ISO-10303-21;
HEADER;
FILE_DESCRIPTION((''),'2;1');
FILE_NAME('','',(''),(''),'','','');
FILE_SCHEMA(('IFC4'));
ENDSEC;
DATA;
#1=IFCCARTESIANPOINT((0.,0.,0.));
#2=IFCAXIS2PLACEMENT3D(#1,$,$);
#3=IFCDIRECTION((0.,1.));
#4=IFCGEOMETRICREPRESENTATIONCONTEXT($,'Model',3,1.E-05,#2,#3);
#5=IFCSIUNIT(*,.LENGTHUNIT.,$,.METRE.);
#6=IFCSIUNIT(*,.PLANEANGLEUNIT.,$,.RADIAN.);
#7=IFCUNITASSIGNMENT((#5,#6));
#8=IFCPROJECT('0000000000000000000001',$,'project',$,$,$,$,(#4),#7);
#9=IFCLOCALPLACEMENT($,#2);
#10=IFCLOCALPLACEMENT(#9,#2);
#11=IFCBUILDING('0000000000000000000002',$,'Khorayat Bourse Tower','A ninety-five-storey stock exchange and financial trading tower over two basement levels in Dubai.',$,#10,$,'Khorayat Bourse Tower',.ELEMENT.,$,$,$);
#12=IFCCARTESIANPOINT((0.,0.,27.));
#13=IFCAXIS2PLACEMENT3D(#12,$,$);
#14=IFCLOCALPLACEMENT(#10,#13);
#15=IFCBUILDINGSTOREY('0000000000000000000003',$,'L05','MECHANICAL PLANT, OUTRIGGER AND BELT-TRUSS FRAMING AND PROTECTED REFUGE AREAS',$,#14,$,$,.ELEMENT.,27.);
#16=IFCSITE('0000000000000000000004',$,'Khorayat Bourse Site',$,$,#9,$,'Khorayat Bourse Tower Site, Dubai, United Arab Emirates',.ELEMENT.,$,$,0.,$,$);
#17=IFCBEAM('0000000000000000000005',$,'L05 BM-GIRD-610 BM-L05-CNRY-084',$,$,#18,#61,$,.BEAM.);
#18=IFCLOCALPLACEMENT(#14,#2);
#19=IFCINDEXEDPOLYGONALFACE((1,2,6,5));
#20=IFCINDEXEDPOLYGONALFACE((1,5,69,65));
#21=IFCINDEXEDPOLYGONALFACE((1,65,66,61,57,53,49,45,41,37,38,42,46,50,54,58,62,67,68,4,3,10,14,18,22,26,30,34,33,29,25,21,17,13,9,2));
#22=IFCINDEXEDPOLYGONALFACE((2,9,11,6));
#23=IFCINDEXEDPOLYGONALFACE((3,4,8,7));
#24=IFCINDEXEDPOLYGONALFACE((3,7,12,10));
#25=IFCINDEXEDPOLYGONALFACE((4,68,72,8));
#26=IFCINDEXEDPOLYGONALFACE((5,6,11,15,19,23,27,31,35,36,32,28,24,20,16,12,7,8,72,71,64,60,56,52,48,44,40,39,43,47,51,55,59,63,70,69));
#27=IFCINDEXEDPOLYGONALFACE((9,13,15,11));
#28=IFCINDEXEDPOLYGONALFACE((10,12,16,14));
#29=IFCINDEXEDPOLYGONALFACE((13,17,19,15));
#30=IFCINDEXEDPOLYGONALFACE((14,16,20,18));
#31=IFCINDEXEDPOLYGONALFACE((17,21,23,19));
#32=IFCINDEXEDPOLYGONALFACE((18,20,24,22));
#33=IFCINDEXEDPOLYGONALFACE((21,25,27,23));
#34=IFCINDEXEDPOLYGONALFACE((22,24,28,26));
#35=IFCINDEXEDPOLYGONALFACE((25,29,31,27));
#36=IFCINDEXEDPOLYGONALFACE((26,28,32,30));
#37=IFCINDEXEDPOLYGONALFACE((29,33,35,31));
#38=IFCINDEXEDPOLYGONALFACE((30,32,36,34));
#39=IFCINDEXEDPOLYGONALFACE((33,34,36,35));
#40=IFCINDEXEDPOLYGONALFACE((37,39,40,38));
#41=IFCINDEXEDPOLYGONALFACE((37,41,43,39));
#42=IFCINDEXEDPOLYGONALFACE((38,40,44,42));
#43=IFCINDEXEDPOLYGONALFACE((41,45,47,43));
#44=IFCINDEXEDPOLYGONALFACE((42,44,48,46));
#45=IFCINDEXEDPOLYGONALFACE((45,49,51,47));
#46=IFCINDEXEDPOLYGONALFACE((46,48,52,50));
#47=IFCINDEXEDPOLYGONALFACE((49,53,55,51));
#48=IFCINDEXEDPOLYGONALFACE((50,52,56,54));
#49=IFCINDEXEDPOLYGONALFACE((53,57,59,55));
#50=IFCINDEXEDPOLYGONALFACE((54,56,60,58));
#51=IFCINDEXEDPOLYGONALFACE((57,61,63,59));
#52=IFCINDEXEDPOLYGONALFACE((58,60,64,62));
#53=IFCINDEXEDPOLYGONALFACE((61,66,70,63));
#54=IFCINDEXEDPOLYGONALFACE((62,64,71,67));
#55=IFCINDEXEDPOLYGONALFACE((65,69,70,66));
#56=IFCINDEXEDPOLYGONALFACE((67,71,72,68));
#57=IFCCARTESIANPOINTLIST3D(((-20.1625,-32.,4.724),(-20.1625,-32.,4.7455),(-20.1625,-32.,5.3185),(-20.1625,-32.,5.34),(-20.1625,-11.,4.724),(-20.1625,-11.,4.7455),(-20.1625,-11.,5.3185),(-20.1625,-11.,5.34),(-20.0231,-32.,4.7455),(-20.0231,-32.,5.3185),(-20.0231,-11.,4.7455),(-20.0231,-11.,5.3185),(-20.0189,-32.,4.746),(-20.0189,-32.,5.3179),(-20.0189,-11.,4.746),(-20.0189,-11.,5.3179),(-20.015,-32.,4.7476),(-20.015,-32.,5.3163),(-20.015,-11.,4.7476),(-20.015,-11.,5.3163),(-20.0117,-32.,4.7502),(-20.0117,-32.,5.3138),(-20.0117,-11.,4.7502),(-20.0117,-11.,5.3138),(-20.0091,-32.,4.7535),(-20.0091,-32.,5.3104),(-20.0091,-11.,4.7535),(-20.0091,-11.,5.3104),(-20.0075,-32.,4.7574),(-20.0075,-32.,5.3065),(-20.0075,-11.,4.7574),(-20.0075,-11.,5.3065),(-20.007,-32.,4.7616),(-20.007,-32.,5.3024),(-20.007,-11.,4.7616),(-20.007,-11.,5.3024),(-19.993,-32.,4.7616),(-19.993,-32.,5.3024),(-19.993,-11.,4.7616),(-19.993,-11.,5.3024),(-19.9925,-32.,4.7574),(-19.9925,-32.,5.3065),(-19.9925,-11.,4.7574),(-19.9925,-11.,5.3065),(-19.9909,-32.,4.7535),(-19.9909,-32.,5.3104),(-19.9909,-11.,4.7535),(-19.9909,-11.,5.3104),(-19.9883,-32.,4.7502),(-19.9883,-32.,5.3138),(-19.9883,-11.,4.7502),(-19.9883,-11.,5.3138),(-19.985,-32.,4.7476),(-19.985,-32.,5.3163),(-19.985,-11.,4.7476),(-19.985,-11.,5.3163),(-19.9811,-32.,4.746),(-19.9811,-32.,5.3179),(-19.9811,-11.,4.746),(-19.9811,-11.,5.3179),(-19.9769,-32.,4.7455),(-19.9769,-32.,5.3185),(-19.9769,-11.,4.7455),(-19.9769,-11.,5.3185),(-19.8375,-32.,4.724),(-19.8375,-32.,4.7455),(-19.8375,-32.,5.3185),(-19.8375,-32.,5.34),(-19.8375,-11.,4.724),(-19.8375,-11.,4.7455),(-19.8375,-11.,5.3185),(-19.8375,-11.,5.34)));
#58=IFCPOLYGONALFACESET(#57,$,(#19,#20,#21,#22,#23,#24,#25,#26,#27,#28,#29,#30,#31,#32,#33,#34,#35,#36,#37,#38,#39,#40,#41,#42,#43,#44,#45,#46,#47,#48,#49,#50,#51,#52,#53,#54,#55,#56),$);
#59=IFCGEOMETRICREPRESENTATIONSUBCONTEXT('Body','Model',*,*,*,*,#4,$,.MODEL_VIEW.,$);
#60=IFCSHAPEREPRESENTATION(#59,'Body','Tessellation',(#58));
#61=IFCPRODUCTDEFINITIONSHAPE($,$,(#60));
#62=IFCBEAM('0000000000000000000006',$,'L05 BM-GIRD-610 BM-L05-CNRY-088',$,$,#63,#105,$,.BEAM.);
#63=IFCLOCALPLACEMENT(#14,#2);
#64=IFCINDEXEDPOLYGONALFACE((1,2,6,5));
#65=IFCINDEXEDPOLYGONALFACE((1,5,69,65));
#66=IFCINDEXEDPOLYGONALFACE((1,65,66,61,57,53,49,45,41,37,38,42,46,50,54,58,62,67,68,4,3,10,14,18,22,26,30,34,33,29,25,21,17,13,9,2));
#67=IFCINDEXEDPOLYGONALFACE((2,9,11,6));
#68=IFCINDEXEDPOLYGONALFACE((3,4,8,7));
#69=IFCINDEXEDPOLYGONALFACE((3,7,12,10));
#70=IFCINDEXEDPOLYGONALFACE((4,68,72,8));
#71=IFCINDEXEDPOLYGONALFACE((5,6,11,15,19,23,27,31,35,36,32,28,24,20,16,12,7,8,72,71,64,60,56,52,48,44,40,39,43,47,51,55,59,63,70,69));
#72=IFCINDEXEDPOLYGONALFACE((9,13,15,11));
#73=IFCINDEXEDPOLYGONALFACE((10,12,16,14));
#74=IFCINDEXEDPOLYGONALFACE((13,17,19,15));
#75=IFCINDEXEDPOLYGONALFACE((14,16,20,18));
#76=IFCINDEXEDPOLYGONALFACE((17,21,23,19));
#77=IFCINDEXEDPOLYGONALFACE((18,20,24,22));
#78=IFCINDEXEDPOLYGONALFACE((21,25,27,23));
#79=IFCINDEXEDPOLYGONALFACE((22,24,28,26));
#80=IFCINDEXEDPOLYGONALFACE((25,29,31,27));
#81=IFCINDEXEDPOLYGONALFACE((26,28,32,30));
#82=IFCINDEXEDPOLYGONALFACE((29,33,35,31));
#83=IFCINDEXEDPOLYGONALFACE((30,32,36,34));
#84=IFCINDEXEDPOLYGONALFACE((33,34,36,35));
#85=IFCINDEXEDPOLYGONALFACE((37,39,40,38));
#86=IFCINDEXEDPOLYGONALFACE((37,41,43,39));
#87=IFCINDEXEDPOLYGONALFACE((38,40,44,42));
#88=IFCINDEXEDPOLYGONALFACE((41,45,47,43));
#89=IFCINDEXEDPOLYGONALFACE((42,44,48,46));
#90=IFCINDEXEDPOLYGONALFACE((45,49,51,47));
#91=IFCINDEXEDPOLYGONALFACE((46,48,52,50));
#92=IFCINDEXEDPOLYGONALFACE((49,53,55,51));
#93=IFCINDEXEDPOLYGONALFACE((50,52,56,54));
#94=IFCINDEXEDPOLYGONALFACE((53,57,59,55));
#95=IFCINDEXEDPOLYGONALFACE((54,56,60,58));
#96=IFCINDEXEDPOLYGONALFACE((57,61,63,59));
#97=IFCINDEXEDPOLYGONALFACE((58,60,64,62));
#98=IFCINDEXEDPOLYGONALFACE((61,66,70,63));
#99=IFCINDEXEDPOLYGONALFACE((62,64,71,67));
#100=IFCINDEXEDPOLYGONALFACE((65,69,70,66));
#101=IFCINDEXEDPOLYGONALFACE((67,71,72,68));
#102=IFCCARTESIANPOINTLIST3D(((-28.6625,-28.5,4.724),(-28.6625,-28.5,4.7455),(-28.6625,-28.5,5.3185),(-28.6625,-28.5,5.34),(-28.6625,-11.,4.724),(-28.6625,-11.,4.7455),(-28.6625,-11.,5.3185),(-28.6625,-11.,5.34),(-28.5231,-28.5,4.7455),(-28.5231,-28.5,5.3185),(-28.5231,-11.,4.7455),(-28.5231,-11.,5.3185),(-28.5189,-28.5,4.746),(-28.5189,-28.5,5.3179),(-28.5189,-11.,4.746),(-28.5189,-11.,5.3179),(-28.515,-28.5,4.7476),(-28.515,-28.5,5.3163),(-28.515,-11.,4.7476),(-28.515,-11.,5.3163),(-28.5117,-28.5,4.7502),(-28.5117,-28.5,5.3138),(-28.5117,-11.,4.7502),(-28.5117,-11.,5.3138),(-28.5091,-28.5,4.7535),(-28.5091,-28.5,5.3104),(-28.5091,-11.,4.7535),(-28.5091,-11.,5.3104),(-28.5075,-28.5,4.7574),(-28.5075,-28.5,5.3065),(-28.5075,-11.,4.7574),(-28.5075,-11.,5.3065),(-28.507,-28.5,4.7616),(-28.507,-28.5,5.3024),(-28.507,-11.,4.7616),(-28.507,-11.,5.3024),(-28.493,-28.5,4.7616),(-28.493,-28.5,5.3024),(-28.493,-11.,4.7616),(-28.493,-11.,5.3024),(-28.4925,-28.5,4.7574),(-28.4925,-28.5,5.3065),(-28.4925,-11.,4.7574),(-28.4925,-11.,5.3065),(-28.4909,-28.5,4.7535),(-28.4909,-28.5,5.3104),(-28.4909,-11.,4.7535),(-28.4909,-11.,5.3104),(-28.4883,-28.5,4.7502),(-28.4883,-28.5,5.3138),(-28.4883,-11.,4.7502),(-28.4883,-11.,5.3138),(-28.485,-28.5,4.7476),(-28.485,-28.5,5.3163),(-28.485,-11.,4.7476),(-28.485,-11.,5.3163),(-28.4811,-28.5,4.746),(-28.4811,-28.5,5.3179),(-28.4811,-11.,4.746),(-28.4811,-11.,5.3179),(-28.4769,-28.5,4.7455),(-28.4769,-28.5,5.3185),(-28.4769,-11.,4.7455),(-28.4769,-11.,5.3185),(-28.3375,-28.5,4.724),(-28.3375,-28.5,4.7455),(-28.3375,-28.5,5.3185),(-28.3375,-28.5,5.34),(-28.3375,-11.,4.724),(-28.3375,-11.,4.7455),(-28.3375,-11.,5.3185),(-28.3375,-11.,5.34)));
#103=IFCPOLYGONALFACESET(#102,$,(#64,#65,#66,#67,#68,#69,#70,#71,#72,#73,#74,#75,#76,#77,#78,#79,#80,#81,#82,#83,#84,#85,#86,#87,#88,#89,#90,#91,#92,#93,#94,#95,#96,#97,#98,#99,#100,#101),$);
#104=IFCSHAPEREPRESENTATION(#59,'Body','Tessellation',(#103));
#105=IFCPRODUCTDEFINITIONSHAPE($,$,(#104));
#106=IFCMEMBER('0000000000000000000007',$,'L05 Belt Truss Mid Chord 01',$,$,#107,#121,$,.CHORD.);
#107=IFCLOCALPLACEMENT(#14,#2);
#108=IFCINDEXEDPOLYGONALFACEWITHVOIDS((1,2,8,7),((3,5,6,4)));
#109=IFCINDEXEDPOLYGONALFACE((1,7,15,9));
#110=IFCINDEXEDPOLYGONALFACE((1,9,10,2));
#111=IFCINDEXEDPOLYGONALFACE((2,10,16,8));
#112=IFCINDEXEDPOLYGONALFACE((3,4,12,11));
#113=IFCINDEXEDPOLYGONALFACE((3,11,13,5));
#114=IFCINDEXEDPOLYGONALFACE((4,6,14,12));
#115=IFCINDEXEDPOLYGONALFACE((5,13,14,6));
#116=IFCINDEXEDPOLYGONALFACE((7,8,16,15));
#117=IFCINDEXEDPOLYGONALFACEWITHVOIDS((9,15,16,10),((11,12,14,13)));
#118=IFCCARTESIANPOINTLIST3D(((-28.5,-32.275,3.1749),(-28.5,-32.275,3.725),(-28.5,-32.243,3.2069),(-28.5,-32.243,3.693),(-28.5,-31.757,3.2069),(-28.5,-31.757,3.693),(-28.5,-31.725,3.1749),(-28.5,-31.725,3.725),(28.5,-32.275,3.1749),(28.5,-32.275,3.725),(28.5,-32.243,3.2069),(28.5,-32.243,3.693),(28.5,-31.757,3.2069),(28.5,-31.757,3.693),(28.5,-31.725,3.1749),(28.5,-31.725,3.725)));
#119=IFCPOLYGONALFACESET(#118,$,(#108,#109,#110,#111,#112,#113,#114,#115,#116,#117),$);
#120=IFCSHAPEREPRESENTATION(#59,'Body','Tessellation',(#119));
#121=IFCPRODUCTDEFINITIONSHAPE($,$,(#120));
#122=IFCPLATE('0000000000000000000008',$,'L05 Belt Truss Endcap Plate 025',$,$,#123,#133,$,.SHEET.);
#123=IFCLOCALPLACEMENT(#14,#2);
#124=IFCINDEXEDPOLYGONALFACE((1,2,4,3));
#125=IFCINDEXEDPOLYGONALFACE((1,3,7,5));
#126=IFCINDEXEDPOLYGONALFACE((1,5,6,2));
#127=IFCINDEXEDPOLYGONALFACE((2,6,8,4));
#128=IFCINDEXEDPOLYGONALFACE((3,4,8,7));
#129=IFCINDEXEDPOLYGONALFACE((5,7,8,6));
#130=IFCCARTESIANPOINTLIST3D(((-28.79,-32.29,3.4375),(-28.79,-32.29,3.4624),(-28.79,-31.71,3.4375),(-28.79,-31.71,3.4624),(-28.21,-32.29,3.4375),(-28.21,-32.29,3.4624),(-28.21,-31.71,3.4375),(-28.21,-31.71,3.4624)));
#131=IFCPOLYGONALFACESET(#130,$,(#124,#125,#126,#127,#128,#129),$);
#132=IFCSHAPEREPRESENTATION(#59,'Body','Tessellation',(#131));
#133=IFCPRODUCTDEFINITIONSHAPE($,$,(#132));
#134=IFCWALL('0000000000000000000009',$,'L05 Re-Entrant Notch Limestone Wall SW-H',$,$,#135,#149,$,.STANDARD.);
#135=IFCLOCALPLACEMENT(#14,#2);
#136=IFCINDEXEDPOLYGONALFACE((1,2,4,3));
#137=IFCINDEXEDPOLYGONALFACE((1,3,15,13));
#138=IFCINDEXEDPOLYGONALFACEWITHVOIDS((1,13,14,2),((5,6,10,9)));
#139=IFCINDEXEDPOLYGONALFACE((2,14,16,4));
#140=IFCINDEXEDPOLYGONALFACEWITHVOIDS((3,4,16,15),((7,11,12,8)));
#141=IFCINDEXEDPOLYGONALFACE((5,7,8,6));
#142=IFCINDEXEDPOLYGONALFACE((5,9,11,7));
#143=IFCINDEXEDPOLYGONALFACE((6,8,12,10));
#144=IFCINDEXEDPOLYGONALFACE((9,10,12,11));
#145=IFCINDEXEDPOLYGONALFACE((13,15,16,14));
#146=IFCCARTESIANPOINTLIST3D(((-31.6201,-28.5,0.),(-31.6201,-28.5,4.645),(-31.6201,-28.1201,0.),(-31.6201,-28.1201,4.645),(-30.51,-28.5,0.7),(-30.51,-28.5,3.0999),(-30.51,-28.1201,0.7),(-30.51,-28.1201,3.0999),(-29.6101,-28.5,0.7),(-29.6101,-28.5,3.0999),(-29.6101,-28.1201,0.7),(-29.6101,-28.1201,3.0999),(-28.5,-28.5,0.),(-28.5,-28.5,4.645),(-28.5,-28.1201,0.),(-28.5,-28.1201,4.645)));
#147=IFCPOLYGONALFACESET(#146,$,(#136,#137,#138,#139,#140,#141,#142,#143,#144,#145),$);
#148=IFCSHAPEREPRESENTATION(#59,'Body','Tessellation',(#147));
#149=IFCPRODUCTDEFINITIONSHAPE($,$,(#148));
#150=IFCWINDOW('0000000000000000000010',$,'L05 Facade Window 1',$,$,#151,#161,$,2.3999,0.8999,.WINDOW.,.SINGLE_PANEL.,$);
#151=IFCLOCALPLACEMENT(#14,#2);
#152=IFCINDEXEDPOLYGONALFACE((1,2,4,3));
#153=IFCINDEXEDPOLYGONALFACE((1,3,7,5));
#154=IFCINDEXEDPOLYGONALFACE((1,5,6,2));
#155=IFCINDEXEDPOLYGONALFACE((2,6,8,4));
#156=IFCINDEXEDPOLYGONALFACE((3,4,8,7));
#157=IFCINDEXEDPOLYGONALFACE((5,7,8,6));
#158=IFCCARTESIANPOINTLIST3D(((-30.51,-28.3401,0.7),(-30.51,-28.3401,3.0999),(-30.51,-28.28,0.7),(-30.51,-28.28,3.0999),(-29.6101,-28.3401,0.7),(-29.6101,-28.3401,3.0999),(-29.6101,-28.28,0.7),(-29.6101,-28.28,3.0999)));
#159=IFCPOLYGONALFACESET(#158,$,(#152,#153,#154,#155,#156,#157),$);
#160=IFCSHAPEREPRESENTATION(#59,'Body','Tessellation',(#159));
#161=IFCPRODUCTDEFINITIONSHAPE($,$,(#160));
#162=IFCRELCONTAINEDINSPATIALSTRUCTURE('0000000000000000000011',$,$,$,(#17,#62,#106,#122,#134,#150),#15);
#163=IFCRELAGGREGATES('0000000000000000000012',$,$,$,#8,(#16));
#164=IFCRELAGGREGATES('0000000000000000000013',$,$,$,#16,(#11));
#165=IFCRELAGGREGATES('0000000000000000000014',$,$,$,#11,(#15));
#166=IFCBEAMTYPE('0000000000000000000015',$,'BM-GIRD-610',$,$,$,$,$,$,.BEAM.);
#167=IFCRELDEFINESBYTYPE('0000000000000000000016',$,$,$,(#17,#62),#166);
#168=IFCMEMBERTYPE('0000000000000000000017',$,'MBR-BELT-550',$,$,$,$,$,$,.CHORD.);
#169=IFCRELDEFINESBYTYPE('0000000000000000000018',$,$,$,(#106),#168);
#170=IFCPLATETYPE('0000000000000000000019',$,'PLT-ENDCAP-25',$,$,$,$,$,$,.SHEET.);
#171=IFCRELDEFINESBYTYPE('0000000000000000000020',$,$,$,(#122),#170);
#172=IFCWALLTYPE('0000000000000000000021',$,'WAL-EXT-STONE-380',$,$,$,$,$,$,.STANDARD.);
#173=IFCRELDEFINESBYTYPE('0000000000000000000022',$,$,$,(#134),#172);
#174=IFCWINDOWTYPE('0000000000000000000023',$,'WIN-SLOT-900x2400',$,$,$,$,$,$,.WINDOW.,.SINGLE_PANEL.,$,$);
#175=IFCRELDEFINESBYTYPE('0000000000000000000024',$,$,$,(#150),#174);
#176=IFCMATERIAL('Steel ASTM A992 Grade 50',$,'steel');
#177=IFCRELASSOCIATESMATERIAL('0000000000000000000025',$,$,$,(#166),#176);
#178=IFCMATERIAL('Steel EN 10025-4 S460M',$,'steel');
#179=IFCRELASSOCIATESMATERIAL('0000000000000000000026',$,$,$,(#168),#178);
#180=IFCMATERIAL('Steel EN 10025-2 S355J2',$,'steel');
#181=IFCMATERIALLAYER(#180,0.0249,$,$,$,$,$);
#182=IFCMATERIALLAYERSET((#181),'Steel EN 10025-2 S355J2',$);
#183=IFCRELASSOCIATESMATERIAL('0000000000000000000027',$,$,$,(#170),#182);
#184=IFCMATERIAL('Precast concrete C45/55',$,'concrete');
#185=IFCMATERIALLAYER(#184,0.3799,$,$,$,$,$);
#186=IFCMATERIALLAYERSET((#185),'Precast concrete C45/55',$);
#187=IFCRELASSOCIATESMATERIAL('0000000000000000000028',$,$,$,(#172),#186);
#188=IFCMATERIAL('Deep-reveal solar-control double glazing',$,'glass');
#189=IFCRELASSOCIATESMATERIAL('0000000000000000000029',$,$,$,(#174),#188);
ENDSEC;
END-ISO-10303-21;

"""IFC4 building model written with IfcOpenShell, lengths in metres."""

from ifc_helpers import new_model, si_unit, direction, frame, frame_2d, origin, origin_2d, place, context, subcontext, project, spatial, rectangle, hollow_rectangle, i_section, extrude, source, transform, mapped, material, layer, layer_set, material_profile, profile_set, type_object, element, fill, save


model = new_model("IFC4")

# Units and contexts
model_context = context("Model", 3, precision=1e-05, world=origin(), true_north=direction((0.0, 1.0)))
body_context = subcontext(model_context, "Body", "Model", "MODEL_VIEW")
ifc_project = project(units=[si_unit("LENGTHUNIT", "METRE"), si_unit("PLANEANGLEUNIT", "RADIAN")], contexts=[model_context])

# Site, building, storey
site_placement = place(None, origin())
site = spatial("IfcSite", under=ifc_project, at=site_placement, Name="Khorayat Bourse Site", LongName="Khorayat Bourse Tower Site, Dubai, United Arab Emirates", CompositionType="ELEMENT", RefElevation=0.0)
building_placement = place(site_placement, origin())
building = spatial("IfcBuilding", under=site, at=building_placement, Name="Khorayat Bourse Tower", Description="A ninety-five-storey stock exchange and financial trading tower over two basement levels in Dubai.", LongName="Khorayat Bourse Tower", CompositionType="ELEMENT")
storey_placement = place(building_placement, frame((0.0, 0.0, 27.0)))
storey = spatial("IfcBuildingStorey", under=building, at=storey_placement, Name="L05", Description="MECHANICAL PLANT, OUTRIGGER AND BELT-TRUSS FRAMING AND PROTECTED REFUGE AREAS", CompositionType="ELEMENT", Elevation=27.0)

# Shared definitions
ifc_material_1 = material(Name="Steel EN 10025-4 S460M", Category="steel")

# Beams
ifc_material_2 = material(Name="Steel ASTM A992 Grade 50", Category="steel")
ifc_material_profile_1 = material_profile(ifc_material_2, i_section(OverallWidth=0.325, OverallDepth=0.616, WebThickness=0.0139, FlangeThickness=0.0215, FilletRadius=0.0161, at=origin_2d()), Name="W610X174")
ifc_profile_set_1 = profile_set([ifc_material_profile_1], Name="Steel ASTM A992 Grade 50")
beam_type_1 = type_object("IfcBeamType", Name="BM-GIRD-610", PredefinedType="BEAM", material=ifc_profile_set_1)
shared_shape_1 = source(origin(), body_context, "Body", "SweptSolid", [
    extrude(i_section(OverallWidth=0.325, OverallDepth=0.616, WebThickness=0.0139, FlangeThickness=0.0215, FilletRadius=0.0161, at=origin_2d()), origin(), (0.0, 0.0, 1.0), 21.0),
])
beam_1_placement = place(storey_placement, frame((-20.0, -32.0, 5.032), z_axis=(0.0, 1.0, 0.0), x_axis=(-1.0, 0.0, 0.0)))
element("IfcBeam", 1, at=beam_1_placement, inside=storey, type_object=beam_type_1, Name="L05 BM-GIRD-610 BM-L05-CNRY-084", PredefinedType="BEAM", context=body_context, shape_type="MappedRepresentation", body=[
    mapped(shared_shape_1, transform((0.0, 0.0, 0.0), scale=1.0)),
])
shared_shape_2 = source(origin(), body_context, "Body", "SweptSolid", [
    extrude(i_section(OverallWidth=0.325, OverallDepth=0.616, WebThickness=0.0139, FlangeThickness=0.0215, FilletRadius=0.0161, at=origin_2d()), origin(), (0.0, 0.0, 1.0), 17.5),
])
beam_2_placement = place(storey_placement, frame((-28.5, -28.5, 5.032), z_axis=(0.0, 1.0, 0.0), x_axis=(-1.0, 0.0, 0.0)))
element("IfcBeam", 2, at=beam_2_placement, inside=storey, type_object=beam_type_1, Name="L05 BM-GIRD-610 BM-L05-CNRY-088", PredefinedType="BEAM", context=body_context, shape_type="MappedRepresentation", body=[
    mapped(shared_shape_2, transform((0.0, 0.0, 0.0), scale=1.0)),
])

# Member
ifc_material_profile_2 = material_profile(ifc_material_1, hollow_rectangle(XDim=0.55, YDim=0.55, WallThickness=0.032, at=origin_2d()), Name="HSS 550x550x32")
ifc_profile_set_2 = profile_set([ifc_material_profile_2], Name="Steel EN 10025-4 S460M")
member_type = type_object("IfcMemberType", Name="MBR-BELT-550", PredefinedType="CHORD", material=ifc_profile_set_2)
shared_shape_3 = source(origin(), body_context, "Body", "SweptSolid", [
    extrude(hollow_rectangle(XDim=0.55, YDim=0.55, WallThickness=0.032, at=origin_2d()), origin(), (0.0, 0.0, 1.0), 57.0),
])
member_placement = place(storey_placement, frame((-28.5, -32.0, 3.45), z_axis=(1.0, 0.0, 0.0), x_axis=(0.0, 1.0, 0.0)))
element("IfcMember", 3, at=member_placement, inside=storey, type_object=member_type, Name="L05 Belt Truss Mid Chord 01", PredefinedType="CHORD", context=body_context, shape_type="MappedRepresentation", body=[
    mapped(shared_shape_3, transform((0.0, 0.0, 0.0), scale=1.0)),
])

# Plate
ifc_material_3 = material(Name="Steel EN 10025-2 S355J2", Category="steel")
ifc_layer_1 = layer(ifc_material_3, 0.0249)
ifc_layer_set_1 = layer_set([ifc_layer_1], Name="Steel EN 10025-2 S355J2")
plate_type = type_object("IfcPlateType", Name="PLT-ENDCAP-25", PredefinedType="SHEET", material=ifc_layer_set_1)
shared_shape_4 = source(origin(), body_context, "Body", "SweptSolid", [
    extrude(rectangle(XDim=0.5801, YDim=0.5801, at=origin_2d()), origin(), (0.0, 0.0, 1.0), 0.0249),
])
plate_placement = place(storey_placement, frame((-28.5, -32.0, 3.4375), z_axis=(0.0, 0.0, 1.0), x_axis=(1.0, 0.0, 0.0)))
element("IfcPlate", 4, at=plate_placement, inside=storey, type_object=plate_type, Name="L05 Belt Truss Endcap Plate 025", PredefinedType="SHEET", context=body_context, shape_type="MappedRepresentation", body=[
    mapped(shared_shape_4, transform((0.0, 0.0, 0.0), scale=1.0)),
])

# Wall, opening, window
ifc_material_4 = material(Name="Precast concrete C45/55", Category="concrete")
ifc_layer_2 = layer(ifc_material_4, 0.3799)
ifc_layer_set_2 = layer_set([ifc_layer_2], Name="Precast concrete C45/55")
wall_type_1 = type_object("IfcWallType", Name="WAL-EXT-STONE-380", PredefinedType="STANDARD", material=ifc_layer_set_2)
shared_shape_5 = source(origin(), body_context, "Body", "SweptSolid", [
    extrude(rectangle(XDim=3.1201, YDim=0.3799, at=frame_2d((1.5601, 0.0))), origin(), (0.0, 0.0, 1.0), 4.645),
])
wall_1_placement = place(storey_placement, frame((-28.5, -28.3101, 0.0), z_axis=(0.0, 0.0, 1.0), x_axis=(-1.0, 0.0, 0.0)))
wall_1 = element("IfcWall", 5, at=wall_1_placement, inside=storey, type_object=wall_type_1, Name="L05 Re-Entrant Notch Limestone Wall SW-H", PredefinedType="STANDARD", context=body_context, shape_type="MappedRepresentation", body=[
    mapped(shared_shape_5, transform((0.0, 0.0, 0.0), scale=1.0)),
])
shared_shape_6 = source(origin(), body_context, "Body", "SweptSolid", [
    extrude(rectangle(XDim=0.8999, YDim=2.3999, at=frame_2d((0.45, 1.2))), frame((0.0, 0.2, 0.0), z_axis=(0.0, -1.0, 0.0), x_axis=(1.0, 0.0, 0.0)), (0.0, 0.0, 1.0), 0.3999),
])
opening_1_placement = place(wall_1_placement, frame((1.1101, 0.0, 0.7)))
opening_1 = element("IfcOpeningElement", 6, at=opening_1_placement, cuts=wall_1, PredefinedType="OPENING", context=body_context, shape_type="MappedRepresentation", body=[
    mapped(shared_shape_6, transform((0.0, 0.0, 0.0), scale=1.0)),
])
ifc_material_5 = material(Name="Deep-reveal solar-control double glazing", Category="glass")
window_type = type_object("IfcWindowType", Name="WIN-SLOT-900x2400", PartitioningType="SINGLE_PANEL", PredefinedType="WINDOW", material=ifc_material_5)
shared_shape_7 = source(origin(), body_context, "Body", "SweptSolid", [
    extrude(rectangle(XDim=0.8999, YDim=2.3999, at=frame_2d((0.45, 1.2))), frame((0.0, 0.03, 0.0), z_axis=(0.0, -1.0, 0.0), x_axis=(1.0, 0.0, 0.0)), (0.0, 0.0, 1.0), 0.0601),
])
window_1_placement = place(opening_1_placement, origin())
window_1 = element("IfcWindow", 7, at=window_1_placement, inside=storey, type_object=window_type, Name="L05 Facade Window 1", OverallHeight=2.3999, OverallWidth=0.8999, PartitioningType="SINGLE_PANEL", PredefinedType="WINDOW", context=body_context, shape_type="MappedRepresentation", body=[
    mapped(shared_shape_7, transform((0.0, 0.0, 0.0), scale=1.0)),
])
fill(opening_1, window_1)

save(model, "model.ifc")
